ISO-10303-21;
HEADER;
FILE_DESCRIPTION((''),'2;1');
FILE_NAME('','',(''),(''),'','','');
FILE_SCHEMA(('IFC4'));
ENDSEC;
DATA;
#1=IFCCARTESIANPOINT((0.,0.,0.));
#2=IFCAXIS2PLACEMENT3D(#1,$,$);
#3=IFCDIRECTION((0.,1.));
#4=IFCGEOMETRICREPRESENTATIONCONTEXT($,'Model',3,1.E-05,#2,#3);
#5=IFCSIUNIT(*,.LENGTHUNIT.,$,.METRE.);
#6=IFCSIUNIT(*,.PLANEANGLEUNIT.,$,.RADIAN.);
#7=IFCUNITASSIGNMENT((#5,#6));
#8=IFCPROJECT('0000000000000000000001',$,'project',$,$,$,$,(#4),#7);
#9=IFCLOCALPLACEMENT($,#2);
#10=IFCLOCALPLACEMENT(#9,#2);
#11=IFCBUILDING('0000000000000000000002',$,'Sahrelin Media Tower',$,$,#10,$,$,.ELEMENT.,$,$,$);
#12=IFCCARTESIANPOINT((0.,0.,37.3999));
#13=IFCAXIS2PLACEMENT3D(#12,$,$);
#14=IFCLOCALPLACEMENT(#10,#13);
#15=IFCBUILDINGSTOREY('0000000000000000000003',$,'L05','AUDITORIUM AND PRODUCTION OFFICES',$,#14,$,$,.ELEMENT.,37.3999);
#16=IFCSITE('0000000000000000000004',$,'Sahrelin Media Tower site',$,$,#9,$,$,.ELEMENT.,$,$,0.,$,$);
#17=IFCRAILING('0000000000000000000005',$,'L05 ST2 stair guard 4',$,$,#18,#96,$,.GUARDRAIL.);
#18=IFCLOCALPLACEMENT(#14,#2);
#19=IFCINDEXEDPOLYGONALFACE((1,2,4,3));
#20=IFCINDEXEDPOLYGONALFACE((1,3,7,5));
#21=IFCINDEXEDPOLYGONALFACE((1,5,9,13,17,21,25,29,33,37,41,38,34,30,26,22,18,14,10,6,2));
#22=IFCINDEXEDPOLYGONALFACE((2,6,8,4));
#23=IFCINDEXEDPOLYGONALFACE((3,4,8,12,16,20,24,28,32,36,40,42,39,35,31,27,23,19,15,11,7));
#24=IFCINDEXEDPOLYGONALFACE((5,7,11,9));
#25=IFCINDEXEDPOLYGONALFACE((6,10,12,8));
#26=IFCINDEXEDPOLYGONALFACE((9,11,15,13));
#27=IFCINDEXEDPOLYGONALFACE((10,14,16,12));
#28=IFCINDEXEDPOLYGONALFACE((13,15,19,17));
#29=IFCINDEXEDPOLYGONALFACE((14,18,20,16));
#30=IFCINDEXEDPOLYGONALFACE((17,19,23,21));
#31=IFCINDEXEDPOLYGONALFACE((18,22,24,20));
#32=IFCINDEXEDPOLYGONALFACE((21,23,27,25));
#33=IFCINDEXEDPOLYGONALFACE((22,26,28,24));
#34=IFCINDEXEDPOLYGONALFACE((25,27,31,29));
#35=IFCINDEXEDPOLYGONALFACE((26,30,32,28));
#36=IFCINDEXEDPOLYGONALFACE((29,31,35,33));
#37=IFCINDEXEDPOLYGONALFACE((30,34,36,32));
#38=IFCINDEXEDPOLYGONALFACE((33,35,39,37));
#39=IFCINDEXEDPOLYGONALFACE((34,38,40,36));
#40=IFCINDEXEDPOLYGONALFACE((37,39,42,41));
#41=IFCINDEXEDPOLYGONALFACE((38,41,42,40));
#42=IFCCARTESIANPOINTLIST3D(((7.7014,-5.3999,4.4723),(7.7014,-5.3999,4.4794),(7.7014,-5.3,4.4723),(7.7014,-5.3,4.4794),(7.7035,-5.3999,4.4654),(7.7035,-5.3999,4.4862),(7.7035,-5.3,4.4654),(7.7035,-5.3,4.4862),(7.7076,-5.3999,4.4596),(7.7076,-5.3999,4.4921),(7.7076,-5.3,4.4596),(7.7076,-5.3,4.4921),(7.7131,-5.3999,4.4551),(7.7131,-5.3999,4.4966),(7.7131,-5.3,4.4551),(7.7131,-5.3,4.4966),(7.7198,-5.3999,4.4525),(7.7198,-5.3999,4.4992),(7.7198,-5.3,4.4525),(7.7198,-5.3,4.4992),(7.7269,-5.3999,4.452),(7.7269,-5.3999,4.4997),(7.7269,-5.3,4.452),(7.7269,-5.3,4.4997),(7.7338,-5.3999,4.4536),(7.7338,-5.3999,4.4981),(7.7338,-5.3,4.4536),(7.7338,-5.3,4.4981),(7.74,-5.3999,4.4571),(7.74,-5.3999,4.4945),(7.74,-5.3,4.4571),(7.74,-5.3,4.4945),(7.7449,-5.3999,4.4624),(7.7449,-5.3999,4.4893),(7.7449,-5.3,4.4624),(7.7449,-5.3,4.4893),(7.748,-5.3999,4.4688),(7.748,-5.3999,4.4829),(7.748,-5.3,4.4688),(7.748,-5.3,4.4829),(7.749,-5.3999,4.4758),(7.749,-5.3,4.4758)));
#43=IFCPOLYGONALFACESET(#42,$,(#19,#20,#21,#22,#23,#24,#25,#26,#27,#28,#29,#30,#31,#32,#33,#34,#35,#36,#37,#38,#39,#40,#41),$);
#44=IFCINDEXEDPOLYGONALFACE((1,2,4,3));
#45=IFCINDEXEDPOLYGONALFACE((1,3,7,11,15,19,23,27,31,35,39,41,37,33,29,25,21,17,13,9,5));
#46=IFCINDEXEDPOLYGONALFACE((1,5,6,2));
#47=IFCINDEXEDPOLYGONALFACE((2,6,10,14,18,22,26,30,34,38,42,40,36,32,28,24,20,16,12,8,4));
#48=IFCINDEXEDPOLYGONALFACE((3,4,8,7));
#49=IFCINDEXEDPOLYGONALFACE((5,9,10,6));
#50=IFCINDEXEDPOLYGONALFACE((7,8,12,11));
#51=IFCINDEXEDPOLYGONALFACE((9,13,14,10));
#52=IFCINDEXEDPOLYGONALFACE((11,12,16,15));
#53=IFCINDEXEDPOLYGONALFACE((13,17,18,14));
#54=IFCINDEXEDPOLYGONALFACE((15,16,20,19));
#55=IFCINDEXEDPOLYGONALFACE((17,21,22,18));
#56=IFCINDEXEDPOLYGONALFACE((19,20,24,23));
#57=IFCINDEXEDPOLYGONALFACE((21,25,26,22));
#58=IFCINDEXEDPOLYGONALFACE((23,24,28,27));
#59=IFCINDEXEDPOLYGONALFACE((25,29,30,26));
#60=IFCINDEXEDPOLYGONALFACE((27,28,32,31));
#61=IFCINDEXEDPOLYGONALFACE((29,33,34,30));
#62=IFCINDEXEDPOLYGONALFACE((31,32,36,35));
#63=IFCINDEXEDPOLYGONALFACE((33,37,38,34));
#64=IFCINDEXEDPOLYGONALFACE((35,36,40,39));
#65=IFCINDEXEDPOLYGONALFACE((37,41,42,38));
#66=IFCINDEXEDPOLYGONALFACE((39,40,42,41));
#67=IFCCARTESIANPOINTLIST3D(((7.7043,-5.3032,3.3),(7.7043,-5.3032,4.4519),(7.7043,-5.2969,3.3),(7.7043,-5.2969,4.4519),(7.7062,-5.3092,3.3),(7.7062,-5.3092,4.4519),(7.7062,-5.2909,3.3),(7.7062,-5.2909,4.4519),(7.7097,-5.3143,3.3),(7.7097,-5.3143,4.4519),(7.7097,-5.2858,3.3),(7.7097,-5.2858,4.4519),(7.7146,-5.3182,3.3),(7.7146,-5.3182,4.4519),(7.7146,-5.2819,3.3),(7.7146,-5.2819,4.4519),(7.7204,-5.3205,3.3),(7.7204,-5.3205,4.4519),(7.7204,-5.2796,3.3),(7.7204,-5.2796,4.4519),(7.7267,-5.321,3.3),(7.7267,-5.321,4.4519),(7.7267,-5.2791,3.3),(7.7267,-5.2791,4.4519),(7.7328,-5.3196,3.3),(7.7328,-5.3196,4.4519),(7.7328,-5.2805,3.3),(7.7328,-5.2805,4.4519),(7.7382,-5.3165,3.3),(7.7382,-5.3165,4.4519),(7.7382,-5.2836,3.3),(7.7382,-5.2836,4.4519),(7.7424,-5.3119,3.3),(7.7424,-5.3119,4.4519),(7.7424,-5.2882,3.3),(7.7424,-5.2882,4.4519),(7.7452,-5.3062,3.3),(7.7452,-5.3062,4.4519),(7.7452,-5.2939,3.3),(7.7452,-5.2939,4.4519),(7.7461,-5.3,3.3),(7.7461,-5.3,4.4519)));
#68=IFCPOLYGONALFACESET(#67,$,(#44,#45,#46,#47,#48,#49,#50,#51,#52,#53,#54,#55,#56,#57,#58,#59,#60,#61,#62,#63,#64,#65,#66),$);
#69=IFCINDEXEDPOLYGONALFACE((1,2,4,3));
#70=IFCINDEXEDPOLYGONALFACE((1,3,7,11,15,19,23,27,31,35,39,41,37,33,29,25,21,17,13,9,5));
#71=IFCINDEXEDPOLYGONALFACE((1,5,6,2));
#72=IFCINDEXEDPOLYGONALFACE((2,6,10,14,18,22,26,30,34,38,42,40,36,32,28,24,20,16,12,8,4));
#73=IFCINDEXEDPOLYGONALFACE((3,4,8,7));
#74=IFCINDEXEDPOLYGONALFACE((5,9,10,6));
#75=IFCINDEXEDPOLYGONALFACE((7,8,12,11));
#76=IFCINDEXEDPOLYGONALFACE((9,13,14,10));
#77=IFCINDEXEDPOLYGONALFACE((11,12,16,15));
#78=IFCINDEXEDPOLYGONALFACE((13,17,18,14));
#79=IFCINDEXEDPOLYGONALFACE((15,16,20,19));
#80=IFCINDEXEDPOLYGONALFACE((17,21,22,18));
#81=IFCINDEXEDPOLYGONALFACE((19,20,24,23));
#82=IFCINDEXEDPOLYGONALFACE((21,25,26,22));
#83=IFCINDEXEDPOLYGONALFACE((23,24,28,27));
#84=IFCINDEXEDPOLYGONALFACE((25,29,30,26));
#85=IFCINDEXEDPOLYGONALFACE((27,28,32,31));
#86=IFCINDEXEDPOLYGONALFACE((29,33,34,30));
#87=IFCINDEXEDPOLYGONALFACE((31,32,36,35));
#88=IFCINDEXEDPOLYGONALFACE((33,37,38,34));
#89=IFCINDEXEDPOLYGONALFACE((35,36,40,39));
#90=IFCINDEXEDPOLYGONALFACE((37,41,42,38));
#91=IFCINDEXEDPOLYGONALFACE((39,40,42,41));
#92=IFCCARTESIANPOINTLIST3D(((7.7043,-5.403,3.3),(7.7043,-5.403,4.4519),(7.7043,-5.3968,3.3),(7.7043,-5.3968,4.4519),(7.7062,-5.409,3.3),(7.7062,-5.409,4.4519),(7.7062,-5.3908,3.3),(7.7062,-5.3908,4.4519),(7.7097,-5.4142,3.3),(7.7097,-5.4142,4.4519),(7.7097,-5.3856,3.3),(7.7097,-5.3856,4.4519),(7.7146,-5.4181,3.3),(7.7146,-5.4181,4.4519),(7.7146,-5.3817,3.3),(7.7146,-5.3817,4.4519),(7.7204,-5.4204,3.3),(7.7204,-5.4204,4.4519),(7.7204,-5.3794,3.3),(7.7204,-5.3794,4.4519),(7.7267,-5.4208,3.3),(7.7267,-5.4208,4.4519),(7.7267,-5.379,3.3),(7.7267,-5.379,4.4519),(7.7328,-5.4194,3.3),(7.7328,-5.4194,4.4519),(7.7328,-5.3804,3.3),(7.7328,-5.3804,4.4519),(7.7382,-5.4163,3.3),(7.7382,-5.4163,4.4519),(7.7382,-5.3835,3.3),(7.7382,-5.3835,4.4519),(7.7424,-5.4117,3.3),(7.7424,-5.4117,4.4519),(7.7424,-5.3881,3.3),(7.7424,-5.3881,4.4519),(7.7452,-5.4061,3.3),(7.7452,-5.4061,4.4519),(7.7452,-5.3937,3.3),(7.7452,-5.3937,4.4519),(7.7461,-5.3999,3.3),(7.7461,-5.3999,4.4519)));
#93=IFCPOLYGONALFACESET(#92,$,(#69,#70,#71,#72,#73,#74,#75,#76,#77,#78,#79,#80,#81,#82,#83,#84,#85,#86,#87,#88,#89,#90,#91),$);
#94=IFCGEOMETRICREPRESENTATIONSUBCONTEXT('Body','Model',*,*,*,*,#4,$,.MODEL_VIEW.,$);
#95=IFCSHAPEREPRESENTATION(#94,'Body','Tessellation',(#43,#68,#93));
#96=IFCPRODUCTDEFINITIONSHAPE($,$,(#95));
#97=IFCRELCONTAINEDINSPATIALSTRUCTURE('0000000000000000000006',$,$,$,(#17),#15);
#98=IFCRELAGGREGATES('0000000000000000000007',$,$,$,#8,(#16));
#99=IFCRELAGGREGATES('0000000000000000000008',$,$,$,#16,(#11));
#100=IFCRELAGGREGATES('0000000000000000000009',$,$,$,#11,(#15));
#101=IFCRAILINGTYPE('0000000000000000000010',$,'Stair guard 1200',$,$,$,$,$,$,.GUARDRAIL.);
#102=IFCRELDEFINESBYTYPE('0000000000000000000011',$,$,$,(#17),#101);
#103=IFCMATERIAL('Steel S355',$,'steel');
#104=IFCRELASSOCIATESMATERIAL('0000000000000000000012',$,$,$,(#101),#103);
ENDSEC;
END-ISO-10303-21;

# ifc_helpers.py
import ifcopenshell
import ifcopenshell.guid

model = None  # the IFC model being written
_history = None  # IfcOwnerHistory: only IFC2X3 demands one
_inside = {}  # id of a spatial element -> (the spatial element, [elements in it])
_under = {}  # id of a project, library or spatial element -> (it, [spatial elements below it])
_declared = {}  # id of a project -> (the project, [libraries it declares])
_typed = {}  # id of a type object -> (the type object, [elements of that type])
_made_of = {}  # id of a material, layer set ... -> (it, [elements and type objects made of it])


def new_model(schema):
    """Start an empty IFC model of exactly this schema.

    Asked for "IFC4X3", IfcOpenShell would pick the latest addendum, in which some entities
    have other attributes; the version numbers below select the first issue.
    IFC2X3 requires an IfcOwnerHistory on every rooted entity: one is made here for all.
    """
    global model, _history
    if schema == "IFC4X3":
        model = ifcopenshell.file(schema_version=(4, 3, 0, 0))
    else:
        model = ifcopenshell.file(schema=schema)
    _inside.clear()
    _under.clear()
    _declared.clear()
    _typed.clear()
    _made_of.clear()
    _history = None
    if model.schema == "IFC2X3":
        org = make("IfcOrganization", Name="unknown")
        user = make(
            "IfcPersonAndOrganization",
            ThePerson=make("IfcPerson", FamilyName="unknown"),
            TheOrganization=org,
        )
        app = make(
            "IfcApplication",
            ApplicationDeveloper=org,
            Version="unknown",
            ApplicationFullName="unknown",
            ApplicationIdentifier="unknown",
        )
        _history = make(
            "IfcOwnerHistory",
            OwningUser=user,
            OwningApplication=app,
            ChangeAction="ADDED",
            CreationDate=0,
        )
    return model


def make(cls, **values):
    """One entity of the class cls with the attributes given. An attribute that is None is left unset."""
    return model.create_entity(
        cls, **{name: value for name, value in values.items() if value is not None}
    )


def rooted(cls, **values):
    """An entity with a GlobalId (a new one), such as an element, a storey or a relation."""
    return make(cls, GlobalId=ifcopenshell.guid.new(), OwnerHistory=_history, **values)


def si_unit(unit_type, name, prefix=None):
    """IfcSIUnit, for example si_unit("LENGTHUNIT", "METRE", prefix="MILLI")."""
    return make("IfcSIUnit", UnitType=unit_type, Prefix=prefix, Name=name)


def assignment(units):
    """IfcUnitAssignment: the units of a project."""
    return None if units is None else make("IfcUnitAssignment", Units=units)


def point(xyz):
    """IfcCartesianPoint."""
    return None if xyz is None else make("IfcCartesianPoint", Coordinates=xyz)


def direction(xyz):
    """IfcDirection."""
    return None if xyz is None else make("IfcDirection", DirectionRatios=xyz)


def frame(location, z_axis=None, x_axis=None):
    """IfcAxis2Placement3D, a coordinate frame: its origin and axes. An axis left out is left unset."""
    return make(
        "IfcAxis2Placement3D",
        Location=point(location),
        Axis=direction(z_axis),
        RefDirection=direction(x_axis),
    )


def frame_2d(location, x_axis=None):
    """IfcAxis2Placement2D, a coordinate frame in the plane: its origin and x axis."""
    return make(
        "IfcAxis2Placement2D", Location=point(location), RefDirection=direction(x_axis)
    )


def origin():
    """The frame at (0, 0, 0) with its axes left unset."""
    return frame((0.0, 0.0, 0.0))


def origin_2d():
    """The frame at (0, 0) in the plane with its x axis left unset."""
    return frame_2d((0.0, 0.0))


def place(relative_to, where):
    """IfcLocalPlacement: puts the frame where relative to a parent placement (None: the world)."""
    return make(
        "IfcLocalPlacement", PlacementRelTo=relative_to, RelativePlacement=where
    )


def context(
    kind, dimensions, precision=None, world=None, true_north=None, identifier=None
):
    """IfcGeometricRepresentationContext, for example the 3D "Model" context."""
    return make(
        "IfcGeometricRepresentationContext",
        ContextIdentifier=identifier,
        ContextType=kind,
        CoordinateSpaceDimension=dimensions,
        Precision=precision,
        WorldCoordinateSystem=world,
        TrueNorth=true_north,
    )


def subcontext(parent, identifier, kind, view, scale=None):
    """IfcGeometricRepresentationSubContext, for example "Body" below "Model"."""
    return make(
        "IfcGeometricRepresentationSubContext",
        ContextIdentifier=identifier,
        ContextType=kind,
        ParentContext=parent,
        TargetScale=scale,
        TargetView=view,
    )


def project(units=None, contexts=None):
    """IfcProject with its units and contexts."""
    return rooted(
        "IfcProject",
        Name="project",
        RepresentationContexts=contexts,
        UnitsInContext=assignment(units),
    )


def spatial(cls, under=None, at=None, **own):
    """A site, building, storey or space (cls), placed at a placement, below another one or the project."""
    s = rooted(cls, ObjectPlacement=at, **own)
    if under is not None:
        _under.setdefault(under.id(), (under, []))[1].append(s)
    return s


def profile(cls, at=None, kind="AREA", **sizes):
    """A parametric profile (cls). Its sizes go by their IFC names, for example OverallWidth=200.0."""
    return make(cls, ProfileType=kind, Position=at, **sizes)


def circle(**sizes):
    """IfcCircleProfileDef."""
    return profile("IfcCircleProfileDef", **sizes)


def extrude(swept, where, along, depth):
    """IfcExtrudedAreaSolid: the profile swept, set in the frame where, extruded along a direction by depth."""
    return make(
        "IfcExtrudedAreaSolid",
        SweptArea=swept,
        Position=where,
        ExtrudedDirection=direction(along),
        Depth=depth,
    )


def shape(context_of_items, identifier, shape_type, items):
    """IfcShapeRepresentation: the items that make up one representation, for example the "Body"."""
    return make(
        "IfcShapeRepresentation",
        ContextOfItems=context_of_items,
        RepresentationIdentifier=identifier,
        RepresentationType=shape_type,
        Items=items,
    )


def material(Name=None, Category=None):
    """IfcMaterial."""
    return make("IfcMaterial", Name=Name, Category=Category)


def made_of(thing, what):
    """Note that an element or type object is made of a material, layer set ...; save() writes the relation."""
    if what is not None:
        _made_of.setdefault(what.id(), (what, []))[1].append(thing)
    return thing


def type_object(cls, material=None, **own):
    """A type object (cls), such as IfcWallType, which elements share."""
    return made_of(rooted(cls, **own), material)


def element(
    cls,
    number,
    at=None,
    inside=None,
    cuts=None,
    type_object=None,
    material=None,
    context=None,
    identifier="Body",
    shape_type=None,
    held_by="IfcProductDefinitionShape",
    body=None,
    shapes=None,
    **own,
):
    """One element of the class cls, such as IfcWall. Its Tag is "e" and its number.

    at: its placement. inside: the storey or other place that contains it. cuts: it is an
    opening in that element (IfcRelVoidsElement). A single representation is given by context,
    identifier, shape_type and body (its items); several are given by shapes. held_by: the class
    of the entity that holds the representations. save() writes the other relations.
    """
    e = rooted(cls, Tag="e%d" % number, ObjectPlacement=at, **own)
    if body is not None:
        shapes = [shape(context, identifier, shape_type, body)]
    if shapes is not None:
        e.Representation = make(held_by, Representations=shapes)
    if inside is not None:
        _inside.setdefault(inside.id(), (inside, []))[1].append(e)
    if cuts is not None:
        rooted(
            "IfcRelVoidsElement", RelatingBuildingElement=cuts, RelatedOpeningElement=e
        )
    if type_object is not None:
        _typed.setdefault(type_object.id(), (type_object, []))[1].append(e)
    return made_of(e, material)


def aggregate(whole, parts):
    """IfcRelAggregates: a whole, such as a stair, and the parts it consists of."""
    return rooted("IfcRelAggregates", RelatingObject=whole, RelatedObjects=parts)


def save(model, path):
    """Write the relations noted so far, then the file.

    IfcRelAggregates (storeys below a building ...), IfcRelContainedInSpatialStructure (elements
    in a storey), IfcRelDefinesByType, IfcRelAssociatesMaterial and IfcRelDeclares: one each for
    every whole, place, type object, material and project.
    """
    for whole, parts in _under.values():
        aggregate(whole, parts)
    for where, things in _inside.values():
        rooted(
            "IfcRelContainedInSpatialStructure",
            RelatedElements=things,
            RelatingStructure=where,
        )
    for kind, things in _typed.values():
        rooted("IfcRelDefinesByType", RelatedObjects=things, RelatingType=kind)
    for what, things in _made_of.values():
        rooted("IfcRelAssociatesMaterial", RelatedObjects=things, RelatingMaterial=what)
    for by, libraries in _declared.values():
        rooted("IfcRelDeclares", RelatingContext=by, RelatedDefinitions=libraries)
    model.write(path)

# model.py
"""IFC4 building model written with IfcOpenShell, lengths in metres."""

from ifc_helpers import new_model, si_unit, direction, frame, origin, origin_2d, place, context, subcontext, project, spatial, circle, extrude, material, type_object, element, save


model = new_model("IFC4")

# Units and contexts
model_context = context("Model", 3, precision=1e-05, world=origin(), true_north=direction((0.0, 1.0)))
body_context = subcontext(model_context, "Body", "Model", "MODEL_VIEW")
ifc_project = project(units=[si_unit("LENGTHUNIT", "METRE"), si_unit("PLANEANGLEUNIT", "RADIAN")], contexts=[model_context])

# Site, building, storey
site_placement = place(None, origin())
site = spatial("IfcSite", under=ifc_project, at=site_placement, Name="Sahrelin Media Tower site", CompositionType="ELEMENT", RefElevation=0.0)
building_placement = place(site_placement, origin())
building = spatial("IfcBuilding", under=site, at=building_placement, Name="Sahrelin Media Tower", CompositionType="ELEMENT")
storey_placement = place(building_placement, frame((0.0, 0.0, 37.3999)))
storey = spatial("IfcBuildingStorey", under=building, at=storey_placement, Name="L05", Description="AUDITORIUM AND PRODUCTION OFFICES", CompositionType="ELEMENT", Elevation=37.3999)

# Shared definitions
ifc_material_1 = material(Name="Steel S355", Category="steel")

# Railing
railing_type_1 = type_object("IfcRailingType", Name="Stair guard 1200", PredefinedType="GUARDRAIL", material=ifc_material_1)
railing_1_placement = place(storey_placement, frame((7.7251, -5.3, 3.3)))
element("IfcRailing", 1, at=railing_1_placement, inside=storey, type_object=railing_type_1, Name="L05 ST2 stair guard 4", PredefinedType="GUARDRAIL", context=body_context, shape_type="SweptSolid", body=[
    extrude(circle(Radius=0.0239, at=origin_2d()), frame((0.0, 0.0, 1.1758), z_axis=(0.0, -1.0, 0.0), x_axis=(1.0, 0.0, 0.0)), (0.0, 0.0, 1.0), 0.0999),
    extrude(circle(Radius=0.021, at=origin_2d()), origin(), (0.0, 0.0, 1.0), 1.1519),
    extrude(circle(Radius=0.021, at=origin_2d()), frame((0.0, -0.0999, 0.0)), (0.0, 0.0, 1.0), 1.1519),
])

save(model, "model.ifc")
